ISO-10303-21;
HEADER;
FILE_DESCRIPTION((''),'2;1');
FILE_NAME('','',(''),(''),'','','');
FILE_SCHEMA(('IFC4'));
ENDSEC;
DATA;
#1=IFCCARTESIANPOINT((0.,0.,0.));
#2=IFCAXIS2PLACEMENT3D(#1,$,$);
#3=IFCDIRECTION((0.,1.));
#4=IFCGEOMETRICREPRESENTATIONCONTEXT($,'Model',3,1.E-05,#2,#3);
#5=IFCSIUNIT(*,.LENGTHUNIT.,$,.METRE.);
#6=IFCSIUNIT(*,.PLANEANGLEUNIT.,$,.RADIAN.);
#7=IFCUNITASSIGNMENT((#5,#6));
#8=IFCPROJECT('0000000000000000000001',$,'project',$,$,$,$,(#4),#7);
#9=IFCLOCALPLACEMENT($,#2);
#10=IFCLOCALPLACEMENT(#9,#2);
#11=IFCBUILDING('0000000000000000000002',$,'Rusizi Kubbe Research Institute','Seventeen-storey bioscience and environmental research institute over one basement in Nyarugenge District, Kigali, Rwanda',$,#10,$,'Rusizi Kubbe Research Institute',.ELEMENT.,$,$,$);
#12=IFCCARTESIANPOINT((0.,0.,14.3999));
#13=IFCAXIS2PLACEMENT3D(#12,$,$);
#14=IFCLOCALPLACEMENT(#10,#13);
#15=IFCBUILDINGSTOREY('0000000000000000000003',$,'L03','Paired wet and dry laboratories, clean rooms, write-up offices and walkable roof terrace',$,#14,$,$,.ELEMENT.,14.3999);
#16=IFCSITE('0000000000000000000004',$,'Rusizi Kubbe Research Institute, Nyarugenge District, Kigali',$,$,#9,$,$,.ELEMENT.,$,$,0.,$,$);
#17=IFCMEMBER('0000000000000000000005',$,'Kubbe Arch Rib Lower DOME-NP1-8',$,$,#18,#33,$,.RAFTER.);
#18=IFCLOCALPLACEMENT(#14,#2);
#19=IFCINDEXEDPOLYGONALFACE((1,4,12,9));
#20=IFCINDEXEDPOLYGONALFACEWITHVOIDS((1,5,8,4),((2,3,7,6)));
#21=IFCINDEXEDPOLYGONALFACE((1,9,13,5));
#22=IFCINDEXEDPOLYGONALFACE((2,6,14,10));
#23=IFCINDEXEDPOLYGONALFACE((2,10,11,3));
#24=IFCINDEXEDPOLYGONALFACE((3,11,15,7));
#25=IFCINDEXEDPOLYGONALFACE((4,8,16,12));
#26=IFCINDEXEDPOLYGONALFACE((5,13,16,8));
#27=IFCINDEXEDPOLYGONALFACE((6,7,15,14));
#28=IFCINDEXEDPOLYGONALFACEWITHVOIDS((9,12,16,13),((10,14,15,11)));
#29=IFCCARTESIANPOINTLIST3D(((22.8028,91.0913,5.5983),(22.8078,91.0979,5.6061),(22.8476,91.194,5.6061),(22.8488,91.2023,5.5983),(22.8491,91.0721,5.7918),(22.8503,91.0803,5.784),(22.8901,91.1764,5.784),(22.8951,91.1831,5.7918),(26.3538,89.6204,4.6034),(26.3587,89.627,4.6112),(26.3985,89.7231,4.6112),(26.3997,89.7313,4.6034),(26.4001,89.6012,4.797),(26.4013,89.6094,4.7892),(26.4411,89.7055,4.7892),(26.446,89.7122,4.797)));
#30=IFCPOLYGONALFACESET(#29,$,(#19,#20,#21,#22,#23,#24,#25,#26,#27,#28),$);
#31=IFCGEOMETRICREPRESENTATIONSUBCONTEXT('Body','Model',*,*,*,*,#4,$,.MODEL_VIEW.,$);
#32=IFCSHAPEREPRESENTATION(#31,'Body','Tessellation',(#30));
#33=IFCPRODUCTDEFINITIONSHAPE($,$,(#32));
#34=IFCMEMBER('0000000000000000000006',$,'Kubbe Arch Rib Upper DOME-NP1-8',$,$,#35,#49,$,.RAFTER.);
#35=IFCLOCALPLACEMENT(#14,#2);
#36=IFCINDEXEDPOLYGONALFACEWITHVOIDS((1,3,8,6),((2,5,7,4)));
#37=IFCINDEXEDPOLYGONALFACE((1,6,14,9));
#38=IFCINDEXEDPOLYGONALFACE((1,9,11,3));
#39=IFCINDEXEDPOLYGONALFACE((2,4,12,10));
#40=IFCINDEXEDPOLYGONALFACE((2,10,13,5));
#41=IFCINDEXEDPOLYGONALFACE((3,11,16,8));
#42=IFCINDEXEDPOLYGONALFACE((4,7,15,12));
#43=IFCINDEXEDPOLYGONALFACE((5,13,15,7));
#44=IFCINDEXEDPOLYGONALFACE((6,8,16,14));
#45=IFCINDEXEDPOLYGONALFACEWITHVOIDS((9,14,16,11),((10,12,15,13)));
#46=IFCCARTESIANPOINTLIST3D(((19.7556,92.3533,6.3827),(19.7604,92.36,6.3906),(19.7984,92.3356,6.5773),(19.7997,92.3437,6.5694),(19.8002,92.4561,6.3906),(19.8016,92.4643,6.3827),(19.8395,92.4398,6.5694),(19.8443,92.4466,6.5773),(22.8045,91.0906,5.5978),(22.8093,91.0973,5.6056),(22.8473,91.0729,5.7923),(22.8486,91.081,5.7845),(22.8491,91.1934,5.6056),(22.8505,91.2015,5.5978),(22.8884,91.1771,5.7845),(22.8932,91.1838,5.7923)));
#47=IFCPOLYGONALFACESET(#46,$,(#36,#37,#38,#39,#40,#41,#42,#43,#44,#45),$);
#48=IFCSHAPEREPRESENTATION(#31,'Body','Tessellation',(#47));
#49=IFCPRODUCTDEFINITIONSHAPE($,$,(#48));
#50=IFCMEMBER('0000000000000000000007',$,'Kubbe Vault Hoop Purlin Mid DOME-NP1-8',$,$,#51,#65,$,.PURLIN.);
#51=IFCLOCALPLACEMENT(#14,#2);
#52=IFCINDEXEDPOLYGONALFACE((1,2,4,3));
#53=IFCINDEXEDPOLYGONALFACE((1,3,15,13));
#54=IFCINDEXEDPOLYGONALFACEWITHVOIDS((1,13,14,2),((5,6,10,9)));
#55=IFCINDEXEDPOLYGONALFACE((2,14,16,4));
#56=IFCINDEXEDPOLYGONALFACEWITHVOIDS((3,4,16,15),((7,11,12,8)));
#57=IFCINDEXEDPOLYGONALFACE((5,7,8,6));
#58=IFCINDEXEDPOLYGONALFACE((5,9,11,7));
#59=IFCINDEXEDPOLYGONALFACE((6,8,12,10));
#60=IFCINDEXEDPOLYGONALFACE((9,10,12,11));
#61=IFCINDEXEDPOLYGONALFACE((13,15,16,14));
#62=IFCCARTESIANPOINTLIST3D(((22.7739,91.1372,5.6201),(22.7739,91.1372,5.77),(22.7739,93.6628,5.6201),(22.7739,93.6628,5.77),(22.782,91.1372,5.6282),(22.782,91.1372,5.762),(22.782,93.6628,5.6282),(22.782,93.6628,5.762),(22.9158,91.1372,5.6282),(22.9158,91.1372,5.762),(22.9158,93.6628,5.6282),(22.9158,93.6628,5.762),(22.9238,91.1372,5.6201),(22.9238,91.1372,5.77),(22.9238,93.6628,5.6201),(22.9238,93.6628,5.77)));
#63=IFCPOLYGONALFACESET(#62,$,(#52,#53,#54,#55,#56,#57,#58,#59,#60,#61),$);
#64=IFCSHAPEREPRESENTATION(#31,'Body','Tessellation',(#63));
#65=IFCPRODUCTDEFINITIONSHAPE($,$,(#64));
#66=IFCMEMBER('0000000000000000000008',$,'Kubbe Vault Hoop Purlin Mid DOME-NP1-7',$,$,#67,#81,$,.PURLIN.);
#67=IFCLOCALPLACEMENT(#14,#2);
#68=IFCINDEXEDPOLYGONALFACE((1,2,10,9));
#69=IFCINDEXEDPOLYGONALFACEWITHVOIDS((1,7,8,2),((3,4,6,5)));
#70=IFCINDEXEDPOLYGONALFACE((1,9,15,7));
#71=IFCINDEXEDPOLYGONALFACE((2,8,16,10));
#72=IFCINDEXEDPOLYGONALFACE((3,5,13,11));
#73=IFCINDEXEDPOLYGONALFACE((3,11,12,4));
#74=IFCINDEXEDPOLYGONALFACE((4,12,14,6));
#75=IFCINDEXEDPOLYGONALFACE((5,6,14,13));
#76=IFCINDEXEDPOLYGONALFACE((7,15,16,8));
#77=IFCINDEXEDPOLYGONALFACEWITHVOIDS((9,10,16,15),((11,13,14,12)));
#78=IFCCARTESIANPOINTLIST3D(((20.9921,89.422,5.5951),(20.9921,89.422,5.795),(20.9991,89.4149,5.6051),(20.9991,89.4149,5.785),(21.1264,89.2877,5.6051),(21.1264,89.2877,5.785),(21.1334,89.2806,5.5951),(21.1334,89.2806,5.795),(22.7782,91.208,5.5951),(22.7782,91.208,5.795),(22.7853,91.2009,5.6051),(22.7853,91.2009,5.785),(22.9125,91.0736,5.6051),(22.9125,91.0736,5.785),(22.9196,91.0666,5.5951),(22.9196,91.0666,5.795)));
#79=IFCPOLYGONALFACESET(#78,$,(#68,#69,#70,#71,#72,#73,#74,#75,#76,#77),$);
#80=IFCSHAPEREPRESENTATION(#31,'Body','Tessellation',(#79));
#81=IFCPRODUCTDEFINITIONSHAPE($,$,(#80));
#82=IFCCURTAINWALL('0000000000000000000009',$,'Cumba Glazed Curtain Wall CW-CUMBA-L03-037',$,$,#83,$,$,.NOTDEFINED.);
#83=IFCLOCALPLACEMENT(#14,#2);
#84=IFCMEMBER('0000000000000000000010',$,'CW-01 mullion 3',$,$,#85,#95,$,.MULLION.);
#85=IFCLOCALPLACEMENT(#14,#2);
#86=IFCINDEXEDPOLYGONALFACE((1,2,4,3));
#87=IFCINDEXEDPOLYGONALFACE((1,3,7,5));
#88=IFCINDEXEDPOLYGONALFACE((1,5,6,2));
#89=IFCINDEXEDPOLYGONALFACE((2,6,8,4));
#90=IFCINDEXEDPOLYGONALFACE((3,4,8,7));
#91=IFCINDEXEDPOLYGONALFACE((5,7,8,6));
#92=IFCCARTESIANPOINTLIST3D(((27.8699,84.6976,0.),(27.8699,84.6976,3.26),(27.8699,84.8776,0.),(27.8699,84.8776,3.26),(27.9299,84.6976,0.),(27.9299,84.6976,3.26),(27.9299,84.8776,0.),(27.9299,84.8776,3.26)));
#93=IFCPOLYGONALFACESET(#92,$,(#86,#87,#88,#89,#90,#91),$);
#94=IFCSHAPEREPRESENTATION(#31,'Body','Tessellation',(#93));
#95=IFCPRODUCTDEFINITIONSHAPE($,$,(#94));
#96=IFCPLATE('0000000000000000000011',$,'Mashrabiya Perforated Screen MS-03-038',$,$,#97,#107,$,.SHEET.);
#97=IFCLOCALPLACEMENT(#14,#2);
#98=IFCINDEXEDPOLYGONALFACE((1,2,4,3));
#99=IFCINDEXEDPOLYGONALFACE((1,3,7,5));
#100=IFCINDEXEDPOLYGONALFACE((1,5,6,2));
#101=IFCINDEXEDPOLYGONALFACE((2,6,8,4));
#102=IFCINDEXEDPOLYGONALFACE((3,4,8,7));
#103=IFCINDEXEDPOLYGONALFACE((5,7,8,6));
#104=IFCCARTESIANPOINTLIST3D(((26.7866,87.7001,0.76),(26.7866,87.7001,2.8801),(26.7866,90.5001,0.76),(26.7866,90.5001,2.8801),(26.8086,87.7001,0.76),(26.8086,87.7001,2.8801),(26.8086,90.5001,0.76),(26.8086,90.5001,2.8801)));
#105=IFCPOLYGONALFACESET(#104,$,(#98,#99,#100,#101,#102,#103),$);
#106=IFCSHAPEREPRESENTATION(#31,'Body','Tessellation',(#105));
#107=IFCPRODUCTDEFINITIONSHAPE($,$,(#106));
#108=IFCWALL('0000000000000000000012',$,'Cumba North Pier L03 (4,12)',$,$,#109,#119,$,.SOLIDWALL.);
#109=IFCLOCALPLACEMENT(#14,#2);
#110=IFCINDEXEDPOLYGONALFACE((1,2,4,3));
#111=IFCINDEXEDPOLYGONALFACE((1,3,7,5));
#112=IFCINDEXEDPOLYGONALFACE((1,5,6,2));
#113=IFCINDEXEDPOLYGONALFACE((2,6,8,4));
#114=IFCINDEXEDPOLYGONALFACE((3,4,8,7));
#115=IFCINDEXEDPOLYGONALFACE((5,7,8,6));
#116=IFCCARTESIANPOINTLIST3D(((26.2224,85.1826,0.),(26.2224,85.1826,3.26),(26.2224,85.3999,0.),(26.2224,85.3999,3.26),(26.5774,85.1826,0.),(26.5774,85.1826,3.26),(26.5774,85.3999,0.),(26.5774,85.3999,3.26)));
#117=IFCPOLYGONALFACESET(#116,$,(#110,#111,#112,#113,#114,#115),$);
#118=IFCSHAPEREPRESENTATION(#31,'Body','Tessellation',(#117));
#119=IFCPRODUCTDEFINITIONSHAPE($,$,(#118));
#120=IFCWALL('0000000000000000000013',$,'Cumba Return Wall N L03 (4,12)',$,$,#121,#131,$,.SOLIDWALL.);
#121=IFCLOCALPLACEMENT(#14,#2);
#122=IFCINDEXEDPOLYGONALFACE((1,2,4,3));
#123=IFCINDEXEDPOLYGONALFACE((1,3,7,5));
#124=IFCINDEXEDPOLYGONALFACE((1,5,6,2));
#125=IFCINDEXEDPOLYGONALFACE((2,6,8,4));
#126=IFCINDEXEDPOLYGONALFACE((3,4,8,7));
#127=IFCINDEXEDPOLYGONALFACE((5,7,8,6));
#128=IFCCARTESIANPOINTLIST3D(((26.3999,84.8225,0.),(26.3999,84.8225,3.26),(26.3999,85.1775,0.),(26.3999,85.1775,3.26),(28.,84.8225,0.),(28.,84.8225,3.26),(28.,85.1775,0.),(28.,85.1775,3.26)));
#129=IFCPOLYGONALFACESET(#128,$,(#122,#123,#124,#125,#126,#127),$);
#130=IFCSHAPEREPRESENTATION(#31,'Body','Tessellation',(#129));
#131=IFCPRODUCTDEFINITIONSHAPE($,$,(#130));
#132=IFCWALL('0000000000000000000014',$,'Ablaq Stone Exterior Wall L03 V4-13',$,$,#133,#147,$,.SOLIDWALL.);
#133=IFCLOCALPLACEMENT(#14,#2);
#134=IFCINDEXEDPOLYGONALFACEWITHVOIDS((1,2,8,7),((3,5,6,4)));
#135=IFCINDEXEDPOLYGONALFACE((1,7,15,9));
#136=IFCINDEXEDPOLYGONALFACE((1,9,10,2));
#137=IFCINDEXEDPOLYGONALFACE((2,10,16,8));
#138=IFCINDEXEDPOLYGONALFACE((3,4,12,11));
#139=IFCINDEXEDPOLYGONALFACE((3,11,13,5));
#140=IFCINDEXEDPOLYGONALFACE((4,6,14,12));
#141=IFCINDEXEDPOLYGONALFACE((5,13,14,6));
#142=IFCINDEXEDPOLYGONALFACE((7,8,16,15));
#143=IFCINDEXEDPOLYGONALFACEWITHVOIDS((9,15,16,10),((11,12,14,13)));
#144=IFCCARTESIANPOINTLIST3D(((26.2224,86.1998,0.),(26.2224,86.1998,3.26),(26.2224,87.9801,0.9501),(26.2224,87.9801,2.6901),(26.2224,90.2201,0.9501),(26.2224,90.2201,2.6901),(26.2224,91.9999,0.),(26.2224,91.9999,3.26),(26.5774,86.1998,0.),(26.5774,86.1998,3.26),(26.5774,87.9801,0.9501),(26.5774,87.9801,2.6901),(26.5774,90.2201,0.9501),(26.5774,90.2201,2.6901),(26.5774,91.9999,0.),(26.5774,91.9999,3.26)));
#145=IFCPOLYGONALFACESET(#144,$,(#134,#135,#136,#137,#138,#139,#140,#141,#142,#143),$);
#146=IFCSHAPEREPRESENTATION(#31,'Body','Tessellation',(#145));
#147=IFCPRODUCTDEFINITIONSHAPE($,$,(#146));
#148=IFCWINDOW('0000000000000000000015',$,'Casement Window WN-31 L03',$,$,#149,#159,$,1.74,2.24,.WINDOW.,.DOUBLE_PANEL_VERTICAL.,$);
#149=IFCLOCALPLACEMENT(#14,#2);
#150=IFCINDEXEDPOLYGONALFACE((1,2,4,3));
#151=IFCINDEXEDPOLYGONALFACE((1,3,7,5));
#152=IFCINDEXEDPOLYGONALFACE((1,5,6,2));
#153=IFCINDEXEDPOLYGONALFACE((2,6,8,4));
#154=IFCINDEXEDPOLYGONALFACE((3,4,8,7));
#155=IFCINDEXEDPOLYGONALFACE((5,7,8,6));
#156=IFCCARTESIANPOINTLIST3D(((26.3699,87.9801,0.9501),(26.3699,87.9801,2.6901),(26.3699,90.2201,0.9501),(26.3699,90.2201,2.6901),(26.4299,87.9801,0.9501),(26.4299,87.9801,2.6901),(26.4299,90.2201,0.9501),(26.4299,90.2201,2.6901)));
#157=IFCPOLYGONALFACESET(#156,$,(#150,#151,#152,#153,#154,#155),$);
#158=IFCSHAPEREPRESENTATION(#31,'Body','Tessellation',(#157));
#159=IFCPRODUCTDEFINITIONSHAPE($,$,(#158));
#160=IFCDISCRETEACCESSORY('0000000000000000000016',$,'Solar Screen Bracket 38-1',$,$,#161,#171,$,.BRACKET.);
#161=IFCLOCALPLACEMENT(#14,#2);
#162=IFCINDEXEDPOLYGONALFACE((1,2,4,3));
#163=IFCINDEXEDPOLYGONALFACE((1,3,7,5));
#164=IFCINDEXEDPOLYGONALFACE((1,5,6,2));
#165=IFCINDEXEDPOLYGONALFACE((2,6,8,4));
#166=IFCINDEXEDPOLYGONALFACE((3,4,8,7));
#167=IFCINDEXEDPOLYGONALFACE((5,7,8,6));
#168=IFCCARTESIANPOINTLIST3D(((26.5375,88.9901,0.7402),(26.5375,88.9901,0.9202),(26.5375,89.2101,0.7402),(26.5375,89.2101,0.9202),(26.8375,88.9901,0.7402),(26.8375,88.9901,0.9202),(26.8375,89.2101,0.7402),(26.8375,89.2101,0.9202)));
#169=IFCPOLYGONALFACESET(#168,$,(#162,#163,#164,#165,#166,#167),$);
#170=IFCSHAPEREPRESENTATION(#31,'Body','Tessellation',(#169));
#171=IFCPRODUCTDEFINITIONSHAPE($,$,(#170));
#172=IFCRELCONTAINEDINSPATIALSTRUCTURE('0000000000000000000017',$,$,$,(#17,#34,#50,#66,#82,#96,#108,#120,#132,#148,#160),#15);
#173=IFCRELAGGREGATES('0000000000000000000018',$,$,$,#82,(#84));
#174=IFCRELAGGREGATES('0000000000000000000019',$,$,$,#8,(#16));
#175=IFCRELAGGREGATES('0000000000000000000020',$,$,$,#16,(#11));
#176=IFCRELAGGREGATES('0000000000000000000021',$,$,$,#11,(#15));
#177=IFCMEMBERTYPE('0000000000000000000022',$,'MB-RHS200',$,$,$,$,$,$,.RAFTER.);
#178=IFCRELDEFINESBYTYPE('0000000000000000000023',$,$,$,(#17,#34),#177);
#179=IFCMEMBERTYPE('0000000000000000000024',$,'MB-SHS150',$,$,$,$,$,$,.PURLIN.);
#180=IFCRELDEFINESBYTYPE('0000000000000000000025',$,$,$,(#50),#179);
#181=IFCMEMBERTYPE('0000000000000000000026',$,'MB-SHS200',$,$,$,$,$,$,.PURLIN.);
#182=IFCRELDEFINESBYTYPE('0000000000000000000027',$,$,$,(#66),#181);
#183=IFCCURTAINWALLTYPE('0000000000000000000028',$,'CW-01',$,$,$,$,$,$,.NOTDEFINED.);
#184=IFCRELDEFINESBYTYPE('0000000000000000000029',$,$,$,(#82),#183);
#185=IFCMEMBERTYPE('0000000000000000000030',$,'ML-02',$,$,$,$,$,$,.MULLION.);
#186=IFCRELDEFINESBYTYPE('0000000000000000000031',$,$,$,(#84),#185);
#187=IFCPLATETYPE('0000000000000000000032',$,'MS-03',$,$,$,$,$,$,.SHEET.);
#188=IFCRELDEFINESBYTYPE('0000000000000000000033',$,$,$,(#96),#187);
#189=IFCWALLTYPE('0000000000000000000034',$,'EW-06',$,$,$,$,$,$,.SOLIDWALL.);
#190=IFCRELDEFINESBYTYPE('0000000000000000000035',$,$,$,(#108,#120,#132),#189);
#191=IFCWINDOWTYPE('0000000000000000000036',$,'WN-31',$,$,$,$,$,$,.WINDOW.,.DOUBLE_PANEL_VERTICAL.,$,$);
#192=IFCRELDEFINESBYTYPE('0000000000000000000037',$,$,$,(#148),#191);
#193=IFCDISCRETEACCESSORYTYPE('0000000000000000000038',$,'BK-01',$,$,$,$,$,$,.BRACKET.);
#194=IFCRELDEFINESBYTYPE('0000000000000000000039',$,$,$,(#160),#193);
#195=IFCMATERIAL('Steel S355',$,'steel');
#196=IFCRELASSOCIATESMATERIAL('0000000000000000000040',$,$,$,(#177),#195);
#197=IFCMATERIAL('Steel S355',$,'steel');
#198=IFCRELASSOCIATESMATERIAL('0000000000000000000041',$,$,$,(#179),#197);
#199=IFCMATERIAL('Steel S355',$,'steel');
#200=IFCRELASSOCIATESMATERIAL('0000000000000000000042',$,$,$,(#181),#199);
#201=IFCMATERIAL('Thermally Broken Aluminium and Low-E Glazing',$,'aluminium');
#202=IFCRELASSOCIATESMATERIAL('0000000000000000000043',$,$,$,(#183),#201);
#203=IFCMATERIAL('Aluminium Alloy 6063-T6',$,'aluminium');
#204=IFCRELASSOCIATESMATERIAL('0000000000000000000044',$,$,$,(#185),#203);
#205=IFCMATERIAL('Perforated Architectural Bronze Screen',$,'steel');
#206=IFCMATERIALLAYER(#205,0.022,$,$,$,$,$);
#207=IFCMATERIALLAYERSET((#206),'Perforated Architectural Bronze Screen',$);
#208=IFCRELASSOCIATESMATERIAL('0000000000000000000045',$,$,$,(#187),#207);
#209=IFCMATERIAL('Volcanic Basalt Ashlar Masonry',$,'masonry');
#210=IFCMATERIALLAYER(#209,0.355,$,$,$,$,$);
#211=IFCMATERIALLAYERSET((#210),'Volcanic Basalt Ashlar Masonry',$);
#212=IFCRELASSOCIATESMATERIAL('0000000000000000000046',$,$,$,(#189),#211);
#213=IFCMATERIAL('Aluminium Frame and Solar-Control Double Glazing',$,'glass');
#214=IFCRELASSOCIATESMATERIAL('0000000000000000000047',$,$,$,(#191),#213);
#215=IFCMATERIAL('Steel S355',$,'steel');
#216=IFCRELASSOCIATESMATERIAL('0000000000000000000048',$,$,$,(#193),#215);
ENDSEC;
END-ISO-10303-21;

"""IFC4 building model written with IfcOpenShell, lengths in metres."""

from ifc_helpers import new_model, si_unit, direction, frame, frame_2d, origin, origin_2d, place, context, subcontext, project, spatial, rectangle, hollow_rectangle, extrude, material, layer, layer_set, material_profile, profile_set, type_object, element, fill, aggregate, save


model = new_model("IFC4")

# Units and contexts
model_context = context("Model", 3, precision=1e-05, world=origin(), true_north=direction((0.0, 1.0)))
body_context = subcontext(model_context, "Body", "Model", "MODEL_VIEW")
ifc_project = project(units=[si_unit("LENGTHUNIT", "METRE"), si_unit("PLANEANGLEUNIT", "RADIAN")], contexts=[model_context])

# Site, building, storey
site_placement = place(None, origin())
site = spatial("IfcSite", under=ifc_project, at=site_placement, Name="Rusizi Kubbe Research Institute, Nyarugenge District, Kigali", CompositionType="ELEMENT", RefElevation=0.0)
building_placement = place(site_placement, origin())
building = spatial("IfcBuilding", under=site, at=building_placement, Name="Rusizi Kubbe Research Institute", Description="Seventeen-storey bioscience and environmental research institute over one basement in Nyarugenge District, Kigali, Rwanda", LongName="Rusizi Kubbe Research Institute", CompositionType="ELEMENT")
storey_placement = place(building_placement, frame((0.0, 0.0, 14.3999)))
storey = spatial("IfcBuildingStorey", under=building, at=storey_placement, Name="L03", Description="Paired wet and dry laboratories, clean rooms, write-up offices and walkable roof terrace", CompositionType="ELEMENT", Elevation=14.3999)

# Members
ifc_material_1 = material(Name="Steel S355", Category="steel")
ifc_material_profile_1 = material_profile(ifc_material_1, hollow_rectangle(XDim=0.1201, YDim=0.2, WallThickness=0.0081, at=origin_2d()), Name="RHS 200x120x8.0")
ifc_profile_set_1 = profile_set([ifc_material_profile_1], Name="Steel S355")
member_type_1 = type_object("IfcMemberType", Name="MB-RHS200", PredefinedType="RAFTER", material=ifc_profile_set_1)
member_1_placement = place(storey_placement, frame((26.3999, 89.6663, 4.7002), z_axis=(-0.894398, 0.370488, 0.250579), x_axis=(-0.382698, -0.923874, 0.0)))
element("IfcMember", 1, at=member_1_placement, inside=storey, type_object=member_type_1, Name="Kubbe Arch Rib Lower DOME-NP1-8", PredefinedType="RAFTER", context=body_context, shape_type="SweptSolid", body=[
    extrude(hollow_rectangle(XDim=0.1201, YDim=0.2, WallThickness=0.0081, at=origin_2d()), origin(), (0.0, 0.0, 1.0), 3.9702),
])
member_2_placement = place(storey_placement, frame((22.8489, 91.1372, 5.6951), z_axis=(-0.898822, 0.372254, 0.231399), x_axis=(-0.382639, -0.923898, 0.0)))
element("IfcMember", 2, at=member_2_placement, inside=storey, type_object=member_type_1, Name="Kubbe Arch Rib Upper DOME-NP1-8", PredefinedType="RAFTER", context=body_context, shape_type="SweptSolid", body=[
    extrude(hollow_rectangle(XDim=0.1201, YDim=0.2, WallThickness=0.0081, at=origin_2d()), origin(), (0.0, 0.0, 1.0), 3.3921),
])
ifc_material_2 = material(Name="Steel S355", Category="steel")
ifc_material_profile_2 = material_profile(ifc_material_2, hollow_rectangle(XDim=0.1499, YDim=0.1499, WallThickness=0.0081, at=origin_2d()), Name="SHS 150x150x8.0")
ifc_profile_set_2 = profile_set([ifc_material_profile_2], Name="Steel S355")
member_type_2 = type_object("IfcMemberType", Name="MB-SHS150", PredefinedType="PURLIN", material=ifc_profile_set_2)
member_3_placement = place(storey_placement, frame((22.8489, 91.1372, 5.6951), z_axis=(0.0, 1.0, 0.0), x_axis=(-1.0, 0.0, 0.0)))
element("IfcMember", 3, at=member_3_placement, inside=storey, type_object=member_type_2, Name="Kubbe Vault Hoop Purlin Mid DOME-NP1-8", PredefinedType="PURLIN", context=body_context, shape_type="SweptSolid", body=[
    extrude(hollow_rectangle(XDim=0.1499, YDim=0.1499, WallThickness=0.0081, at=origin_2d()), origin(), (0.0, 0.0, 1.0), 2.5256),
])
ifc_material_3 = material(Name="Steel S355", Category="steel")
ifc_material_profile_3 = material_profile(ifc_material_3, hollow_rectangle(XDim=0.2, YDim=0.2, WallThickness=0.01, at=origin_2d()), Name="SHS 200x200x10.0")
ifc_profile_set_3 = profile_set([ifc_material_profile_3], Name="Steel S355")
member_type_3 = type_object("IfcMemberType", Name="MB-SHS200", PredefinedType="PURLIN", material=ifc_profile_set_3)
member_4_placement = place(storey_placement, frame((21.0627, 89.3513, 5.6951), z_axis=(0.707155, 0.707058, 0.0), x_axis=(-0.707058, 0.707155, 0.0)))
element("IfcMember", 4, at=member_4_placement, inside=storey, type_object=member_type_3, Name="Kubbe Vault Hoop Purlin Mid DOME-NP1-7", PredefinedType="PURLIN", context=body_context, shape_type="SweptSolid", body=[
    extrude(hollow_rectangle(XDim=0.2, YDim=0.2, WallThickness=0.01, at=origin_2d()), origin(), (0.0, 0.0, 1.0), 2.5259),
])

# Curtain wall, member
ifc_material_4 = material(Name="Thermally Broken Aluminium and Low-E Glazing", Category="aluminium")
curtain_wall_type = type_object("IfcCurtainWallType", Name="CW-01", PredefinedType="NOTDEFINED", material=ifc_material_4)
curtain_wall_placement = place(storey_placement, origin())
curtain_wall = element("IfcCurtainWall", 5, at=curtain_wall_placement, inside=storey, type_object=curtain_wall_type, Name="Cumba Glazed Curtain Wall CW-CUMBA-L03-037", PredefinedType="NOTDEFINED")
ifc_material_5 = material(Name="Aluminium Alloy 6063-T6", Category="aluminium")
ifc_material_profile_4 = material_profile(ifc_material_5, rectangle(XDim=0.0601, YDim=0.1799, at=origin_2d()), Name="ALU-M 60x180")
ifc_profile_set_4 = profile_set([ifc_material_profile_4], Name="Aluminium Alloy 6063-T6")
member_type_4 = type_object("IfcMemberType", Name="ML-02", PredefinedType="MULLION", material=ifc_profile_set_4)
member_5_placement = place(storey_placement, frame((27.8999, 84.7876, 0.0), z_axis=(0.0, 0.0, 1.0), x_axis=(-1.0, 0.0, 0.0)))
member_5 = element("IfcMember", 6, at=member_5_placement, type_object=member_type_4, Name="CW-01 mullion 3", PredefinedType="MULLION", context=body_context, shape_type="SweptSolid", body=[
    extrude(rectangle(XDim=0.0601, YDim=0.1799, at=origin_2d()), origin(), (0.0, 0.0, 1.0), 3.26),
])
aggregate(curtain_wall, [member_5])

# Plate
ifc_material_6 = material(Name="Perforated Architectural Bronze Screen", Category="steel")
ifc_layer_1 = layer(ifc_material_6, 0.022)
ifc_layer_set_1 = layer_set([ifc_layer_1], Name="Perforated Architectural Bronze Screen")
plate_type = type_object("IfcPlateType", Name="MS-03", PredefinedType="SHEET", material=ifc_layer_set_1)
plate_placement = place(storey_placement, frame((26.7976, 89.1001, 0.76), z_axis=(0.0, 0.0, 1.0), x_axis=(0.0, 1.0, 0.0)))
element("IfcPlate", 7, at=plate_placement, inside=storey, type_object=plate_type, Name="Mashrabiya Perforated Screen MS-03-038", PredefinedType="SHEET", context=body_context, shape_type="SweptSolid", body=[
    extrude(rectangle(XDim=2.8, YDim=0.022, at=origin_2d()), origin(), (0.0, 0.0, 1.0), 2.1201),
])

# Walls
ifc_material_7 = material(Name="Volcanic Basalt Ashlar Masonry", Category="masonry")
ifc_layer_2 = layer(ifc_material_7, 0.355)
ifc_layer_set_2 = layer_set([ifc_layer_2], Name="Volcanic Basalt Ashlar Masonry")
wall_type = type_object("IfcWallType", Name="EW-06", PredefinedType="SOLIDWALL", material=ifc_layer_set_2)
wall_1_placement = place(storey_placement, frame((26.3999, 85.1826, 0.0), z_axis=(0.0, 0.0, 1.0), x_axis=(0.0, 1.0, 0.0)))
element("IfcWall", 8, at=wall_1_placement, inside=storey, type_object=wall_type, Name="Cumba North Pier L03 (4,12)", PredefinedType="SOLIDWALL", context=body_context, shape_type="SweptSolid", body=[
    extrude(rectangle(XDim=0.2173, YDim=0.355, at=frame_2d((0.1086, 0.0))), origin(), (0.0, 0.0, 1.0), 3.26),
])
wall_2_placement = place(storey_placement, frame((26.3999, 85.0, 0.0), z_axis=(0.0, 0.0, 1.0), x_axis=(1.0, 0.0, 0.0)))
element("IfcWall", 9, at=wall_2_placement, inside=storey, type_object=wall_type, Name="Cumba Return Wall N L03 (4,12)", PredefinedType="SOLIDWALL", context=body_context, shape_type="SweptSolid", body=[
    extrude(rectangle(XDim=1.6001, YDim=0.355, at=frame_2d((0.8, 0.0))), origin(), (0.0, 0.0, 1.0), 3.26),
])

# Wall, opening, window
wall_3_placement = place(storey_placement, frame((26.3999, 86.2, 0.0), z_axis=(0.0, 0.0, 1.0), x_axis=(0.0, 1.0, 0.0)))
wall_3 = element("IfcWall", 10, at=wall_3_placement, inside=storey, type_object=wall_type, Name="Ablaq Stone Exterior Wall L03 V4-13", PredefinedType="SOLIDWALL", context=body_context, shape_type="SweptSolid", body=[
    extrude(rectangle(XDim=5.8, YDim=0.355, at=frame_2d((2.8999, 0.0))), origin(), (0.0, 0.0, 1.0), 3.26),
])
opening_placement = place(wall_3_placement, frame((1.78, 0.0, 0.95)))
opening = element("IfcOpeningElement", 11, at=opening_placement, cuts=wall_3, PredefinedType="OPENING", context=body_context, shape_type="SweptSolid", body=[
    extrude(rectangle(XDim=2.24, YDim=1.74, at=frame_2d((1.1201, 0.8701))), frame((0.0, 0.1875, 0.0), z_axis=(0.0, -1.0, 0.0), x_axis=(1.0, 0.0, 0.0)), (0.0, 0.0, 1.0), 0.375),
])
ifc_material_8 = material(Name="Aluminium Frame and Solar-Control Double Glazing", Category="glass")
window_type = type_object("IfcWindowType", Name="WN-31", PartitioningType="DOUBLE_PANEL_VERTICAL", PredefinedType="WINDOW", material=ifc_material_8)
window_placement = place(opening_placement, origin())
window = element("IfcWindow", 12, at=window_placement, inside=storey, type_object=window_type, Name="Casement Window WN-31 L03", OverallHeight=1.74, OverallWidth=2.24, PartitioningType="DOUBLE_PANEL_VERTICAL", PredefinedType="WINDOW", context=body_context, shape_type="SweptSolid", body=[
    extrude(rectangle(XDim=2.24, YDim=1.74, at=frame_2d((1.1201, 0.8701))), frame((0.0, 0.03, 0.0), z_axis=(0.0, -1.0, 0.0), x_axis=(1.0, 0.0, 0.0)), (0.0, 0.0, 1.0), 0.0601),
])
fill(opening, window)

# Discrete accessory
ifc_material_9 = material(Name="Steel S355", Category="steel")
discrete_accessory_type = type_object("IfcDiscreteAccessoryType", Name="BK-01", PredefinedType="BRACKET", material=ifc_material_9)
for number, where, z_axis, x_axis, name in (
    (13, (26.6875, 89.1001, 0.7402), (0.0, 0.0, 1.0), (1.0, 0.0, 0.0), "Solar Screen Bracket 38-1"),
):
    element("IfcDiscreteAccessory", number, at=place(storey_placement, frame(where, z_axis=z_axis, x_axis=x_axis)), inside=storey, type_object=discrete_accessory_type, Name=name, PredefinedType="BRACKET", context=body_context, shape_type="SweptSolid", body=[
        extrude(rectangle(XDim=0.3, YDim=0.22, at=origin_2d()), origin(), (0.0, 0.0, 1.0), 0.1799),
    ])

save(model, "model.ifc")
